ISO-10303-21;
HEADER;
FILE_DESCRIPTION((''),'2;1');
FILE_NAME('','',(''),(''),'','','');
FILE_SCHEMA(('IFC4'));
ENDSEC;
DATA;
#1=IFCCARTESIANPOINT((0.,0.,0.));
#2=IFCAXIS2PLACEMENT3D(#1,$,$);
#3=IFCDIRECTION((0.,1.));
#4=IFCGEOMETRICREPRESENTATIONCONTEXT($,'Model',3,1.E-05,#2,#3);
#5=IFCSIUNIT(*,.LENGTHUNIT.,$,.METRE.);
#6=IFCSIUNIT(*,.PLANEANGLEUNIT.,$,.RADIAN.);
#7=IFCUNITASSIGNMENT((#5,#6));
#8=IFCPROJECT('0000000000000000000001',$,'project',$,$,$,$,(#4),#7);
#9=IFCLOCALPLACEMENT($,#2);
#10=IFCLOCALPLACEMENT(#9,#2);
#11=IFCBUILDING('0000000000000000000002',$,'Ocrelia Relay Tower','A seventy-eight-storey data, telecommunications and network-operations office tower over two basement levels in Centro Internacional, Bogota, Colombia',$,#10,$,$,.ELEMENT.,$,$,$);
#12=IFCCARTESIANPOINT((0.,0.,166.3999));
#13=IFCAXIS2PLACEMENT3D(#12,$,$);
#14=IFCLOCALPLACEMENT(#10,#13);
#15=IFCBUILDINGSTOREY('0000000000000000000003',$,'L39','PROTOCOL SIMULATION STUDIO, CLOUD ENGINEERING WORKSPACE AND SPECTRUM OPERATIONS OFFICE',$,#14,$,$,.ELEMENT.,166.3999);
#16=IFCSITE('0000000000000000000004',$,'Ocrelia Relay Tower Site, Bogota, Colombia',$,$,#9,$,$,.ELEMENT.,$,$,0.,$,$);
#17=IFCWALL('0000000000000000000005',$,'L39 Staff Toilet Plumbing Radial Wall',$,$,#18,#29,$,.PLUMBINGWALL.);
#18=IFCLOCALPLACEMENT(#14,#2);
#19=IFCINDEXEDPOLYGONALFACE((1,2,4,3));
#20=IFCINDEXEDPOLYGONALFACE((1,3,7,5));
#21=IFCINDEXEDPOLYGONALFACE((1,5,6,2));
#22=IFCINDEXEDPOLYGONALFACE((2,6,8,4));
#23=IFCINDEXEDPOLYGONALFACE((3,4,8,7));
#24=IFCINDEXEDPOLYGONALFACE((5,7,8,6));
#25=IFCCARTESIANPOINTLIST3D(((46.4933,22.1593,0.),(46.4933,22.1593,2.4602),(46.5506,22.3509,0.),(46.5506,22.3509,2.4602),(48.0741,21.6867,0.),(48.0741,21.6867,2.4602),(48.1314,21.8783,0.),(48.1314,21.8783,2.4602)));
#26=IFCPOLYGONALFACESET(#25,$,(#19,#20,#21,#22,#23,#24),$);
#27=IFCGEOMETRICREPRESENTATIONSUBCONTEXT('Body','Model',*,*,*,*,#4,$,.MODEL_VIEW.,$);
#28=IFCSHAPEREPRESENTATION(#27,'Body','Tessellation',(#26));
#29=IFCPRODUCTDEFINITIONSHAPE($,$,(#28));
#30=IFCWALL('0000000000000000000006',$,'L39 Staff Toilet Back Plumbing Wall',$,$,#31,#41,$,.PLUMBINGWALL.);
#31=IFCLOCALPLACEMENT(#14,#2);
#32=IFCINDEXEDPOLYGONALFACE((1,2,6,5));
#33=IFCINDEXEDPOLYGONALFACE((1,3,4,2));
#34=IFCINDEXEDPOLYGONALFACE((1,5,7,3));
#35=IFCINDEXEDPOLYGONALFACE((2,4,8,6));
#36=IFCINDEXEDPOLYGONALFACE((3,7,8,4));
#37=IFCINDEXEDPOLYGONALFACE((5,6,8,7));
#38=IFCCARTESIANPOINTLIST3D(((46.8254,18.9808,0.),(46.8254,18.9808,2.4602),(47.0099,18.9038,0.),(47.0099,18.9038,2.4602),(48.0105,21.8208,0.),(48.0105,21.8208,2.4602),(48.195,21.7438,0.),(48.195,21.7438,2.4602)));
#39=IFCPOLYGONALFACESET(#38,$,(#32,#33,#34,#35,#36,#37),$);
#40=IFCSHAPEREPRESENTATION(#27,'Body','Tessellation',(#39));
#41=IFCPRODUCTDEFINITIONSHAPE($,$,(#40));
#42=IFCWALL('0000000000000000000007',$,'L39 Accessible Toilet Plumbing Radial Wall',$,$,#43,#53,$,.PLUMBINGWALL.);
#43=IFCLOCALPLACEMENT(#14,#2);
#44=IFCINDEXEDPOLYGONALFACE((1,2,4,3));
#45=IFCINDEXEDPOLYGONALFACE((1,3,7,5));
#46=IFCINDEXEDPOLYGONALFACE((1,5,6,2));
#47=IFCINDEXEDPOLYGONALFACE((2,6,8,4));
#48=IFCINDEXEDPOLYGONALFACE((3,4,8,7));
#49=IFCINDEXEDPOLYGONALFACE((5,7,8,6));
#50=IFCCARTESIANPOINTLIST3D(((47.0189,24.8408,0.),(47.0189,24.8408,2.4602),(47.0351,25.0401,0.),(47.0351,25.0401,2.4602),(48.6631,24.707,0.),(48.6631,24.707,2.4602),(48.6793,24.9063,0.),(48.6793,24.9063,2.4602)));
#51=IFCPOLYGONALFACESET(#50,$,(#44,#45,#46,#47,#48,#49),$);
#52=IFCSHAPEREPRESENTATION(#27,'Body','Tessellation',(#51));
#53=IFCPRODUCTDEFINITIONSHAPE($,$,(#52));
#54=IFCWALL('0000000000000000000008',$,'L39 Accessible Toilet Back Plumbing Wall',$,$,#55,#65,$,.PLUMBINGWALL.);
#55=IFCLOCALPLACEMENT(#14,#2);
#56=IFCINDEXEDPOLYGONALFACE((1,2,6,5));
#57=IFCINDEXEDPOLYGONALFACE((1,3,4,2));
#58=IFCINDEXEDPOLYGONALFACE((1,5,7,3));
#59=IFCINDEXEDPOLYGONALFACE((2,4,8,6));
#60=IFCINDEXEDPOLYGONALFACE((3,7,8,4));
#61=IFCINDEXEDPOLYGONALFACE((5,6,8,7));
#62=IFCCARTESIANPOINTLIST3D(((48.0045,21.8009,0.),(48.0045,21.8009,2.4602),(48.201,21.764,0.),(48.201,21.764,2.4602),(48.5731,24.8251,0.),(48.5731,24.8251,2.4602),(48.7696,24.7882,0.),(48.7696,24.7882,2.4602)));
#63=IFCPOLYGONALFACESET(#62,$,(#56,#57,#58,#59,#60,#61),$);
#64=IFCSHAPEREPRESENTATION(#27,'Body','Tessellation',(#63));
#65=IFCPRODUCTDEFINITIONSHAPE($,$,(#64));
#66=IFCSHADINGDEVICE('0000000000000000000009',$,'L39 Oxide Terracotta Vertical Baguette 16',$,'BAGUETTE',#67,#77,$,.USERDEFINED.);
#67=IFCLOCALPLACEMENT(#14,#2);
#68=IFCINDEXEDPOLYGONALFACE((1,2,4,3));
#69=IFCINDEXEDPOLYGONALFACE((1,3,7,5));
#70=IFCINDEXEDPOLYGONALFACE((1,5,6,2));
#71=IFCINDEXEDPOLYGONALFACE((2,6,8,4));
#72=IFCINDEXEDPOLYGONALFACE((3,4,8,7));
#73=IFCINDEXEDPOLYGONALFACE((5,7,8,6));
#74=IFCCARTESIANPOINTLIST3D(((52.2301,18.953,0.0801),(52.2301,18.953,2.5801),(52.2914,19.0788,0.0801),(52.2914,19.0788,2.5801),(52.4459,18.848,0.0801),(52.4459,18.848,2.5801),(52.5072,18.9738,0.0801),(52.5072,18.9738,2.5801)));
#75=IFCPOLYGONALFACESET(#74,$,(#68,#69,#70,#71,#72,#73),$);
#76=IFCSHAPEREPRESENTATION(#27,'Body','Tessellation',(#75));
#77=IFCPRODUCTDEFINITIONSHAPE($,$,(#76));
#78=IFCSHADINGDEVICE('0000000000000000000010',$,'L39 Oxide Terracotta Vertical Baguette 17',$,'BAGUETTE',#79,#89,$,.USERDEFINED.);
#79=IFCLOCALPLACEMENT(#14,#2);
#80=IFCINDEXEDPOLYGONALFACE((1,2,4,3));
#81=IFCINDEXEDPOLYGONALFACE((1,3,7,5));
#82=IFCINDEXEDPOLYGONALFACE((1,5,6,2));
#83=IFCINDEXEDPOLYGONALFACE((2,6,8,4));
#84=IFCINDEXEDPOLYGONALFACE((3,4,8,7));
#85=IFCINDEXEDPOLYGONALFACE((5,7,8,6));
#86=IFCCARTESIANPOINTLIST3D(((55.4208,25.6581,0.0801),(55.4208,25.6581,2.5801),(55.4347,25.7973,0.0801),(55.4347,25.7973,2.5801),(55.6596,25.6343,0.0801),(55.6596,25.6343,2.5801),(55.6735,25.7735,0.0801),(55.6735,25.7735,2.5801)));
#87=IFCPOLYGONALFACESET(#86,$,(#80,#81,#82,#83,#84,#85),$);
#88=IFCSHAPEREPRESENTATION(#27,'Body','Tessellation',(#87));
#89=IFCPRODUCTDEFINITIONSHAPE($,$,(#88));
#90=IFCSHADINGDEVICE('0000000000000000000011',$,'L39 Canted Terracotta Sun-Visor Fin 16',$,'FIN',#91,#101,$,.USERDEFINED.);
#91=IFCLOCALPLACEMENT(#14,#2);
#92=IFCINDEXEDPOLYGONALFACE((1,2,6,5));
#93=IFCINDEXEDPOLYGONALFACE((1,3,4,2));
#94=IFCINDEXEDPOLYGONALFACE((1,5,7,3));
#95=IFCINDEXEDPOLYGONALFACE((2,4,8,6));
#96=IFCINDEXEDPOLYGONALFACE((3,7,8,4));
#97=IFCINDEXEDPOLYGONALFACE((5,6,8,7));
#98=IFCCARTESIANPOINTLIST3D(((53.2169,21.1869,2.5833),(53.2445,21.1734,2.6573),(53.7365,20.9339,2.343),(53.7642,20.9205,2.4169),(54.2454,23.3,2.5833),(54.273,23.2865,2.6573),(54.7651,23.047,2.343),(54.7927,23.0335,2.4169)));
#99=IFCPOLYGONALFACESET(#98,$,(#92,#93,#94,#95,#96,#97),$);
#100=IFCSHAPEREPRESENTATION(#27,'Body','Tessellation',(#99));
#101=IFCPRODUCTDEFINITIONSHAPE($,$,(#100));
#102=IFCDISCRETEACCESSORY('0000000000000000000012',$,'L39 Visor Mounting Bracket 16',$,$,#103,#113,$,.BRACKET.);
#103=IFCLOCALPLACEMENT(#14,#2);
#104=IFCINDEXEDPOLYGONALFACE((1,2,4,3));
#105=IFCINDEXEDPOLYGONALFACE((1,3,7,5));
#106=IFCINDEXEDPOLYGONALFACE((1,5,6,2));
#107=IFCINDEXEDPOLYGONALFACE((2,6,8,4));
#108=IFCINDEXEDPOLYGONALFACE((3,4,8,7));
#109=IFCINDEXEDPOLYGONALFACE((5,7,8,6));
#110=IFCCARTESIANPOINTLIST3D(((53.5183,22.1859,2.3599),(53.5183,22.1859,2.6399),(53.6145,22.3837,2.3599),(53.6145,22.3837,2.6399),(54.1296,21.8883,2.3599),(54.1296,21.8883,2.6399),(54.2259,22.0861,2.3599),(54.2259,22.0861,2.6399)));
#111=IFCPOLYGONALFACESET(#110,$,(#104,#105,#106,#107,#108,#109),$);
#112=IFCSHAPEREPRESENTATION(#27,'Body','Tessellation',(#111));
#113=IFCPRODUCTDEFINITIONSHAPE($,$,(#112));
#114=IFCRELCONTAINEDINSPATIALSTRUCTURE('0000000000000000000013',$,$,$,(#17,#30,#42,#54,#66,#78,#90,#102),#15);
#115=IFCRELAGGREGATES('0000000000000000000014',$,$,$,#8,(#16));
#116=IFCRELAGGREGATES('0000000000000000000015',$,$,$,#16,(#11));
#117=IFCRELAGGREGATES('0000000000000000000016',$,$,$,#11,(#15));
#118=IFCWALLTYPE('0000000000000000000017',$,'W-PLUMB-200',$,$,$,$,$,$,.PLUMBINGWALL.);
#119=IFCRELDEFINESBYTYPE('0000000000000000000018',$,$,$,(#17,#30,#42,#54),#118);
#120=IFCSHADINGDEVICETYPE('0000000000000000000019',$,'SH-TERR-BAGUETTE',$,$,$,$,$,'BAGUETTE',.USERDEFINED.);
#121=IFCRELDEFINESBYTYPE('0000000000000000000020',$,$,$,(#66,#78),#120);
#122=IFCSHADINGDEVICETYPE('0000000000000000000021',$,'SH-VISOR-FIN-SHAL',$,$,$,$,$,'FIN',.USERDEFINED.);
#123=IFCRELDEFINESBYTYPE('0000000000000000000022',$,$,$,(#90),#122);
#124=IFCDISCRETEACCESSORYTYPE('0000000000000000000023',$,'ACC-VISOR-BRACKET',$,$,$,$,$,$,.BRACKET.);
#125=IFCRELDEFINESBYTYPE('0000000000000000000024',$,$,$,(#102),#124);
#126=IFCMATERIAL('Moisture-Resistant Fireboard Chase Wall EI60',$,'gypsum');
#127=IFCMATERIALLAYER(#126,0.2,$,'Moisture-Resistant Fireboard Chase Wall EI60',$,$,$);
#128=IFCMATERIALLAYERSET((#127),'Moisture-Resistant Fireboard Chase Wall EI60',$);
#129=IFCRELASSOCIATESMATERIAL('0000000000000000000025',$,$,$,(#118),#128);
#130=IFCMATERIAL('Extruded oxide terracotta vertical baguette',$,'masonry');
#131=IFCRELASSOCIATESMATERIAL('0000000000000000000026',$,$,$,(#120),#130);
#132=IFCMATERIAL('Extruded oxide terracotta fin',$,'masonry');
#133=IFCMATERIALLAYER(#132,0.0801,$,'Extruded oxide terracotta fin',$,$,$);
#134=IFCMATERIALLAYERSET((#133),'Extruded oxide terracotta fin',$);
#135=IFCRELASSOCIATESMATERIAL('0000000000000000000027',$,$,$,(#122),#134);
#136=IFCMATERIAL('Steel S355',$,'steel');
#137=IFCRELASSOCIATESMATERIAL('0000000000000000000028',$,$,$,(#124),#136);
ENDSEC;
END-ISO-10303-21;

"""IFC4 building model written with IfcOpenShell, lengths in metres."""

from ifc_helpers import new_model, si_unit, direction, frame, frame_2d, origin, origin_2d, place, context, subcontext, project, spatial, rectangle, extrude, material, layer, layer_set, type_object, element, save


model = new_model("IFC4")

# Units and contexts
model_context = context("Model", 3, precision=1e-05, world=origin(), true_north=direction((0.0, 1.0)))
body_context = subcontext(model_context, "Body", "Model", "MODEL_VIEW")
ifc_project = project(units=[si_unit("LENGTHUNIT", "METRE"), si_unit("PLANEANGLEUNIT", "RADIAN")], contexts=[model_context])

# Site, building, storey
site_placement = place(None, origin())
site = spatial("IfcSite", under=ifc_project, at=site_placement, Name="Ocrelia Relay Tower Site, Bogota, Colombia", CompositionType="ELEMENT", RefElevation=0.0)
building_placement = place(site_placement, origin())
building = spatial("IfcBuilding", under=site, at=building_placement, Name="Ocrelia Relay Tower", Description="A seventy-eight-storey data, telecommunications and network-operations office tower over two basement levels in Centro Internacional, Bogota, Colombia", CompositionType="ELEMENT")
storey_placement = place(building_placement, frame((0.0, 0.0, 166.3999)))
storey = spatial("IfcBuildingStorey", under=building, at=storey_placement, Name="L39", Description="PROTOCOL SIMULATION STUDIO, CLOUD ENGINEERING WORKSPACE AND SPECTRUM OPERATIONS OFFICE", CompositionType="ELEMENT", Elevation=166.3999)

# Shared definitions
ifc_material_1 = material(Name="Steel S355", Category="steel")

# Walls
ifc_material_2 = material(Name="Moisture-Resistant Fireboard Chase Wall EI60", Category="gypsum")
ifc_layer_1 = layer(ifc_material_2, 0.2, Name="Moisture-Resistant Fireboard Chase Wall EI60")
ifc_layer_set_1 = layer_set([ifc_layer_1], Name="Moisture-Resistant Fireboard Chase Wall EI60")
wall_type_1 = type_object("IfcWallType", Name="W-PLUMB-200", PredefinedType="PLUMBINGWALL", material=ifc_layer_set_1)
for number, where, z_axis, x_axis, name in (
    (1, (46.522, 22.2551, 0.0), (0.0, 0.0, 1.0), (0.958091, -0.286465, 0.0), "L39 Staff Toilet Plumbing Radial Wall"),
):
    element("IfcWall", number, at=place(storey_placement, frame(where, z_axis=z_axis, x_axis=x_axis)), inside=storey, type_object=wall_type_1, Name=name, PredefinedType="PLUMBINGWALL", context=body_context, shape_type="SweptSolid", body=[
        extrude(rectangle(XDim=1.6499, YDim=0.2, at=frame_2d((0.825, 0.0))), origin(), (0.0, 0.0, 1.0), 2.4602),
    ])
wall_1_placement = place(storey_placement, frame((46.9177, 18.9424, 0.0), z_axis=(0.0, 0.0, 1.0), x_axis=(0.385083, 0.922882, 0.0)))
element("IfcWall", 2, at=wall_1_placement, inside=storey, type_object=wall_type_1, Name="L39 Staff Toilet Back Plumbing Wall", PredefinedType="PLUMBINGWALL", context=body_context, shape_type="SweptSolid", body=[
    extrude(rectangle(XDim=3.0774, YDim=0.2, at=frame_2d((1.5386, 0.0))), origin(), (0.0, 0.0, 1.0), 2.4602),
])
wall_2_placement = place(storey_placement, frame((47.0271, 24.9404, 0.0), z_axis=(0.0, 0.0, 1.0), x_axis=(0.996706, -0.081098, 0.0)))
element("IfcWall", 3, at=wall_2_placement, inside=storey, type_object=wall_type_1, Name="L39 Accessible Toilet Plumbing Radial Wall", PredefinedType="PLUMBINGWALL", context=body_context, shape_type="SweptSolid", body=[
    extrude(rectangle(XDim=1.6497, YDim=0.2, at=frame_2d((0.8247, 0.0))), origin(), (0.0, 0.0, 1.0), 2.4602),
])
wall_3_placement = place(storey_placement, frame((48.1028, 21.7825, 0.0), z_axis=(0.0, 0.0, 1.0), x_axis=(0.184782, 0.98278, 0.0)))
element("IfcWall", 4, at=wall_3_placement, inside=storey, type_object=wall_type_1, Name="L39 Accessible Toilet Back Plumbing Wall", PredefinedType="PLUMBINGWALL", context=body_context, shape_type="SweptSolid", body=[
    extrude(rectangle(XDim=3.0771, YDim=0.2, at=frame_2d((1.5386, 0.0))), origin(), (0.0, 0.0, 1.0), 2.4602),
])

# Shading devices
ifc_material_3 = material(Name="Extruded oxide terracotta vertical baguette", Category="masonry")
shading_device_type_1 = type_object("IfcShadingDeviceType", Name="SH-TERR-BAGUETTE", ElementType="BAGUETTE", PredefinedType="USERDEFINED", material=ifc_material_3)
for number, where, z_axis, x_axis, name in (
    (5, (52.3687, 18.9634, 0.0801), (0.0, 0.0, 1.0), (0.437655, 0.899143, 0.0), "L39 Oxide Terracotta Vertical Baguette 16"),
    (6, (55.5471, 25.7158, 0.0801), (0.0, 0.0, 1.0), (0.099215, 0.995066, 0.0), "L39 Oxide Terracotta Vertical Baguette 17"),
):
    element("IfcShadingDevice", number, at=place(storey_placement, frame(where, z_axis=z_axis, x_axis=x_axis)), inside=storey, type_object=shading_device_type_1, Name=name, ObjectType="BAGUETTE", PredefinedType="USERDEFINED", context=body_context, shape_type="SweptSolid", body=[
        extrude(rectangle(XDim=0.1399, YDim=0.24, at=origin_2d()), origin(), (0.0, 0.0, 1.0), 2.5),
    ])
ifc_material_4 = material(Name="Extruded oxide terracotta fin", Category="masonry")
ifc_layer_2 = layer(ifc_material_4, 0.0801, Name="Extruded oxide terracotta fin")
ifc_layer_set_2 = layer_set([ifc_layer_2], Name="Extruded oxide terracotta fin")
shading_device_type_2 = type_object("IfcShadingDeviceType", Name="SH-VISOR-FIN-SHAL", ElementType="FIN", PredefinedType="USERDEFINED", material=ifc_layer_set_2)
shading_device_placement = place(storey_placement, frame((53.991, 22.1169, 2.4631), z_axis=(0.345247, -0.168048, 0.923344), x_axis=(0.437655, 0.899143, 0.0)))
element("IfcShadingDevice", 7, at=shading_device_placement, inside=storey, type_object=shading_device_type_2, Name="L39 Canted Terracotta Sun-Visor Fin 16", ObjectType="FIN", PredefinedType="USERDEFINED", context=body_context, shape_type="SweptSolid", body=[
    extrude(rectangle(XDim=2.3501, YDim=0.626, at=origin_2d()), origin(), (0.0, 0.0, 1.0), 0.0801),
])

# Discrete accessory
discrete_accessory_type = type_object("IfcDiscreteAccessoryType", Name="ACC-VISOR-BRACKET", PredefinedType="BRACKET", material=ifc_material_1)
discrete_accessory_placement = place(storey_placement, frame((53.8721, 22.136, 2.3599), z_axis=(0.0, 0.0, 1.0), x_axis=(0.437655, 0.899143, 0.0)))
element("IfcDiscreteAccessory", 8, at=discrete_accessory_placement, inside=storey, type_object=discrete_accessory_type, Name="L39 Visor Mounting Bracket 16", PredefinedType="BRACKET", context=body_context, shape_type="SweptSolid", body=[
    extrude(rectangle(XDim=0.22, YDim=0.6799, at=origin_2d()), origin(), (0.0, 0.0, 1.0), 0.28),
])

save(model, "model.ifc")
